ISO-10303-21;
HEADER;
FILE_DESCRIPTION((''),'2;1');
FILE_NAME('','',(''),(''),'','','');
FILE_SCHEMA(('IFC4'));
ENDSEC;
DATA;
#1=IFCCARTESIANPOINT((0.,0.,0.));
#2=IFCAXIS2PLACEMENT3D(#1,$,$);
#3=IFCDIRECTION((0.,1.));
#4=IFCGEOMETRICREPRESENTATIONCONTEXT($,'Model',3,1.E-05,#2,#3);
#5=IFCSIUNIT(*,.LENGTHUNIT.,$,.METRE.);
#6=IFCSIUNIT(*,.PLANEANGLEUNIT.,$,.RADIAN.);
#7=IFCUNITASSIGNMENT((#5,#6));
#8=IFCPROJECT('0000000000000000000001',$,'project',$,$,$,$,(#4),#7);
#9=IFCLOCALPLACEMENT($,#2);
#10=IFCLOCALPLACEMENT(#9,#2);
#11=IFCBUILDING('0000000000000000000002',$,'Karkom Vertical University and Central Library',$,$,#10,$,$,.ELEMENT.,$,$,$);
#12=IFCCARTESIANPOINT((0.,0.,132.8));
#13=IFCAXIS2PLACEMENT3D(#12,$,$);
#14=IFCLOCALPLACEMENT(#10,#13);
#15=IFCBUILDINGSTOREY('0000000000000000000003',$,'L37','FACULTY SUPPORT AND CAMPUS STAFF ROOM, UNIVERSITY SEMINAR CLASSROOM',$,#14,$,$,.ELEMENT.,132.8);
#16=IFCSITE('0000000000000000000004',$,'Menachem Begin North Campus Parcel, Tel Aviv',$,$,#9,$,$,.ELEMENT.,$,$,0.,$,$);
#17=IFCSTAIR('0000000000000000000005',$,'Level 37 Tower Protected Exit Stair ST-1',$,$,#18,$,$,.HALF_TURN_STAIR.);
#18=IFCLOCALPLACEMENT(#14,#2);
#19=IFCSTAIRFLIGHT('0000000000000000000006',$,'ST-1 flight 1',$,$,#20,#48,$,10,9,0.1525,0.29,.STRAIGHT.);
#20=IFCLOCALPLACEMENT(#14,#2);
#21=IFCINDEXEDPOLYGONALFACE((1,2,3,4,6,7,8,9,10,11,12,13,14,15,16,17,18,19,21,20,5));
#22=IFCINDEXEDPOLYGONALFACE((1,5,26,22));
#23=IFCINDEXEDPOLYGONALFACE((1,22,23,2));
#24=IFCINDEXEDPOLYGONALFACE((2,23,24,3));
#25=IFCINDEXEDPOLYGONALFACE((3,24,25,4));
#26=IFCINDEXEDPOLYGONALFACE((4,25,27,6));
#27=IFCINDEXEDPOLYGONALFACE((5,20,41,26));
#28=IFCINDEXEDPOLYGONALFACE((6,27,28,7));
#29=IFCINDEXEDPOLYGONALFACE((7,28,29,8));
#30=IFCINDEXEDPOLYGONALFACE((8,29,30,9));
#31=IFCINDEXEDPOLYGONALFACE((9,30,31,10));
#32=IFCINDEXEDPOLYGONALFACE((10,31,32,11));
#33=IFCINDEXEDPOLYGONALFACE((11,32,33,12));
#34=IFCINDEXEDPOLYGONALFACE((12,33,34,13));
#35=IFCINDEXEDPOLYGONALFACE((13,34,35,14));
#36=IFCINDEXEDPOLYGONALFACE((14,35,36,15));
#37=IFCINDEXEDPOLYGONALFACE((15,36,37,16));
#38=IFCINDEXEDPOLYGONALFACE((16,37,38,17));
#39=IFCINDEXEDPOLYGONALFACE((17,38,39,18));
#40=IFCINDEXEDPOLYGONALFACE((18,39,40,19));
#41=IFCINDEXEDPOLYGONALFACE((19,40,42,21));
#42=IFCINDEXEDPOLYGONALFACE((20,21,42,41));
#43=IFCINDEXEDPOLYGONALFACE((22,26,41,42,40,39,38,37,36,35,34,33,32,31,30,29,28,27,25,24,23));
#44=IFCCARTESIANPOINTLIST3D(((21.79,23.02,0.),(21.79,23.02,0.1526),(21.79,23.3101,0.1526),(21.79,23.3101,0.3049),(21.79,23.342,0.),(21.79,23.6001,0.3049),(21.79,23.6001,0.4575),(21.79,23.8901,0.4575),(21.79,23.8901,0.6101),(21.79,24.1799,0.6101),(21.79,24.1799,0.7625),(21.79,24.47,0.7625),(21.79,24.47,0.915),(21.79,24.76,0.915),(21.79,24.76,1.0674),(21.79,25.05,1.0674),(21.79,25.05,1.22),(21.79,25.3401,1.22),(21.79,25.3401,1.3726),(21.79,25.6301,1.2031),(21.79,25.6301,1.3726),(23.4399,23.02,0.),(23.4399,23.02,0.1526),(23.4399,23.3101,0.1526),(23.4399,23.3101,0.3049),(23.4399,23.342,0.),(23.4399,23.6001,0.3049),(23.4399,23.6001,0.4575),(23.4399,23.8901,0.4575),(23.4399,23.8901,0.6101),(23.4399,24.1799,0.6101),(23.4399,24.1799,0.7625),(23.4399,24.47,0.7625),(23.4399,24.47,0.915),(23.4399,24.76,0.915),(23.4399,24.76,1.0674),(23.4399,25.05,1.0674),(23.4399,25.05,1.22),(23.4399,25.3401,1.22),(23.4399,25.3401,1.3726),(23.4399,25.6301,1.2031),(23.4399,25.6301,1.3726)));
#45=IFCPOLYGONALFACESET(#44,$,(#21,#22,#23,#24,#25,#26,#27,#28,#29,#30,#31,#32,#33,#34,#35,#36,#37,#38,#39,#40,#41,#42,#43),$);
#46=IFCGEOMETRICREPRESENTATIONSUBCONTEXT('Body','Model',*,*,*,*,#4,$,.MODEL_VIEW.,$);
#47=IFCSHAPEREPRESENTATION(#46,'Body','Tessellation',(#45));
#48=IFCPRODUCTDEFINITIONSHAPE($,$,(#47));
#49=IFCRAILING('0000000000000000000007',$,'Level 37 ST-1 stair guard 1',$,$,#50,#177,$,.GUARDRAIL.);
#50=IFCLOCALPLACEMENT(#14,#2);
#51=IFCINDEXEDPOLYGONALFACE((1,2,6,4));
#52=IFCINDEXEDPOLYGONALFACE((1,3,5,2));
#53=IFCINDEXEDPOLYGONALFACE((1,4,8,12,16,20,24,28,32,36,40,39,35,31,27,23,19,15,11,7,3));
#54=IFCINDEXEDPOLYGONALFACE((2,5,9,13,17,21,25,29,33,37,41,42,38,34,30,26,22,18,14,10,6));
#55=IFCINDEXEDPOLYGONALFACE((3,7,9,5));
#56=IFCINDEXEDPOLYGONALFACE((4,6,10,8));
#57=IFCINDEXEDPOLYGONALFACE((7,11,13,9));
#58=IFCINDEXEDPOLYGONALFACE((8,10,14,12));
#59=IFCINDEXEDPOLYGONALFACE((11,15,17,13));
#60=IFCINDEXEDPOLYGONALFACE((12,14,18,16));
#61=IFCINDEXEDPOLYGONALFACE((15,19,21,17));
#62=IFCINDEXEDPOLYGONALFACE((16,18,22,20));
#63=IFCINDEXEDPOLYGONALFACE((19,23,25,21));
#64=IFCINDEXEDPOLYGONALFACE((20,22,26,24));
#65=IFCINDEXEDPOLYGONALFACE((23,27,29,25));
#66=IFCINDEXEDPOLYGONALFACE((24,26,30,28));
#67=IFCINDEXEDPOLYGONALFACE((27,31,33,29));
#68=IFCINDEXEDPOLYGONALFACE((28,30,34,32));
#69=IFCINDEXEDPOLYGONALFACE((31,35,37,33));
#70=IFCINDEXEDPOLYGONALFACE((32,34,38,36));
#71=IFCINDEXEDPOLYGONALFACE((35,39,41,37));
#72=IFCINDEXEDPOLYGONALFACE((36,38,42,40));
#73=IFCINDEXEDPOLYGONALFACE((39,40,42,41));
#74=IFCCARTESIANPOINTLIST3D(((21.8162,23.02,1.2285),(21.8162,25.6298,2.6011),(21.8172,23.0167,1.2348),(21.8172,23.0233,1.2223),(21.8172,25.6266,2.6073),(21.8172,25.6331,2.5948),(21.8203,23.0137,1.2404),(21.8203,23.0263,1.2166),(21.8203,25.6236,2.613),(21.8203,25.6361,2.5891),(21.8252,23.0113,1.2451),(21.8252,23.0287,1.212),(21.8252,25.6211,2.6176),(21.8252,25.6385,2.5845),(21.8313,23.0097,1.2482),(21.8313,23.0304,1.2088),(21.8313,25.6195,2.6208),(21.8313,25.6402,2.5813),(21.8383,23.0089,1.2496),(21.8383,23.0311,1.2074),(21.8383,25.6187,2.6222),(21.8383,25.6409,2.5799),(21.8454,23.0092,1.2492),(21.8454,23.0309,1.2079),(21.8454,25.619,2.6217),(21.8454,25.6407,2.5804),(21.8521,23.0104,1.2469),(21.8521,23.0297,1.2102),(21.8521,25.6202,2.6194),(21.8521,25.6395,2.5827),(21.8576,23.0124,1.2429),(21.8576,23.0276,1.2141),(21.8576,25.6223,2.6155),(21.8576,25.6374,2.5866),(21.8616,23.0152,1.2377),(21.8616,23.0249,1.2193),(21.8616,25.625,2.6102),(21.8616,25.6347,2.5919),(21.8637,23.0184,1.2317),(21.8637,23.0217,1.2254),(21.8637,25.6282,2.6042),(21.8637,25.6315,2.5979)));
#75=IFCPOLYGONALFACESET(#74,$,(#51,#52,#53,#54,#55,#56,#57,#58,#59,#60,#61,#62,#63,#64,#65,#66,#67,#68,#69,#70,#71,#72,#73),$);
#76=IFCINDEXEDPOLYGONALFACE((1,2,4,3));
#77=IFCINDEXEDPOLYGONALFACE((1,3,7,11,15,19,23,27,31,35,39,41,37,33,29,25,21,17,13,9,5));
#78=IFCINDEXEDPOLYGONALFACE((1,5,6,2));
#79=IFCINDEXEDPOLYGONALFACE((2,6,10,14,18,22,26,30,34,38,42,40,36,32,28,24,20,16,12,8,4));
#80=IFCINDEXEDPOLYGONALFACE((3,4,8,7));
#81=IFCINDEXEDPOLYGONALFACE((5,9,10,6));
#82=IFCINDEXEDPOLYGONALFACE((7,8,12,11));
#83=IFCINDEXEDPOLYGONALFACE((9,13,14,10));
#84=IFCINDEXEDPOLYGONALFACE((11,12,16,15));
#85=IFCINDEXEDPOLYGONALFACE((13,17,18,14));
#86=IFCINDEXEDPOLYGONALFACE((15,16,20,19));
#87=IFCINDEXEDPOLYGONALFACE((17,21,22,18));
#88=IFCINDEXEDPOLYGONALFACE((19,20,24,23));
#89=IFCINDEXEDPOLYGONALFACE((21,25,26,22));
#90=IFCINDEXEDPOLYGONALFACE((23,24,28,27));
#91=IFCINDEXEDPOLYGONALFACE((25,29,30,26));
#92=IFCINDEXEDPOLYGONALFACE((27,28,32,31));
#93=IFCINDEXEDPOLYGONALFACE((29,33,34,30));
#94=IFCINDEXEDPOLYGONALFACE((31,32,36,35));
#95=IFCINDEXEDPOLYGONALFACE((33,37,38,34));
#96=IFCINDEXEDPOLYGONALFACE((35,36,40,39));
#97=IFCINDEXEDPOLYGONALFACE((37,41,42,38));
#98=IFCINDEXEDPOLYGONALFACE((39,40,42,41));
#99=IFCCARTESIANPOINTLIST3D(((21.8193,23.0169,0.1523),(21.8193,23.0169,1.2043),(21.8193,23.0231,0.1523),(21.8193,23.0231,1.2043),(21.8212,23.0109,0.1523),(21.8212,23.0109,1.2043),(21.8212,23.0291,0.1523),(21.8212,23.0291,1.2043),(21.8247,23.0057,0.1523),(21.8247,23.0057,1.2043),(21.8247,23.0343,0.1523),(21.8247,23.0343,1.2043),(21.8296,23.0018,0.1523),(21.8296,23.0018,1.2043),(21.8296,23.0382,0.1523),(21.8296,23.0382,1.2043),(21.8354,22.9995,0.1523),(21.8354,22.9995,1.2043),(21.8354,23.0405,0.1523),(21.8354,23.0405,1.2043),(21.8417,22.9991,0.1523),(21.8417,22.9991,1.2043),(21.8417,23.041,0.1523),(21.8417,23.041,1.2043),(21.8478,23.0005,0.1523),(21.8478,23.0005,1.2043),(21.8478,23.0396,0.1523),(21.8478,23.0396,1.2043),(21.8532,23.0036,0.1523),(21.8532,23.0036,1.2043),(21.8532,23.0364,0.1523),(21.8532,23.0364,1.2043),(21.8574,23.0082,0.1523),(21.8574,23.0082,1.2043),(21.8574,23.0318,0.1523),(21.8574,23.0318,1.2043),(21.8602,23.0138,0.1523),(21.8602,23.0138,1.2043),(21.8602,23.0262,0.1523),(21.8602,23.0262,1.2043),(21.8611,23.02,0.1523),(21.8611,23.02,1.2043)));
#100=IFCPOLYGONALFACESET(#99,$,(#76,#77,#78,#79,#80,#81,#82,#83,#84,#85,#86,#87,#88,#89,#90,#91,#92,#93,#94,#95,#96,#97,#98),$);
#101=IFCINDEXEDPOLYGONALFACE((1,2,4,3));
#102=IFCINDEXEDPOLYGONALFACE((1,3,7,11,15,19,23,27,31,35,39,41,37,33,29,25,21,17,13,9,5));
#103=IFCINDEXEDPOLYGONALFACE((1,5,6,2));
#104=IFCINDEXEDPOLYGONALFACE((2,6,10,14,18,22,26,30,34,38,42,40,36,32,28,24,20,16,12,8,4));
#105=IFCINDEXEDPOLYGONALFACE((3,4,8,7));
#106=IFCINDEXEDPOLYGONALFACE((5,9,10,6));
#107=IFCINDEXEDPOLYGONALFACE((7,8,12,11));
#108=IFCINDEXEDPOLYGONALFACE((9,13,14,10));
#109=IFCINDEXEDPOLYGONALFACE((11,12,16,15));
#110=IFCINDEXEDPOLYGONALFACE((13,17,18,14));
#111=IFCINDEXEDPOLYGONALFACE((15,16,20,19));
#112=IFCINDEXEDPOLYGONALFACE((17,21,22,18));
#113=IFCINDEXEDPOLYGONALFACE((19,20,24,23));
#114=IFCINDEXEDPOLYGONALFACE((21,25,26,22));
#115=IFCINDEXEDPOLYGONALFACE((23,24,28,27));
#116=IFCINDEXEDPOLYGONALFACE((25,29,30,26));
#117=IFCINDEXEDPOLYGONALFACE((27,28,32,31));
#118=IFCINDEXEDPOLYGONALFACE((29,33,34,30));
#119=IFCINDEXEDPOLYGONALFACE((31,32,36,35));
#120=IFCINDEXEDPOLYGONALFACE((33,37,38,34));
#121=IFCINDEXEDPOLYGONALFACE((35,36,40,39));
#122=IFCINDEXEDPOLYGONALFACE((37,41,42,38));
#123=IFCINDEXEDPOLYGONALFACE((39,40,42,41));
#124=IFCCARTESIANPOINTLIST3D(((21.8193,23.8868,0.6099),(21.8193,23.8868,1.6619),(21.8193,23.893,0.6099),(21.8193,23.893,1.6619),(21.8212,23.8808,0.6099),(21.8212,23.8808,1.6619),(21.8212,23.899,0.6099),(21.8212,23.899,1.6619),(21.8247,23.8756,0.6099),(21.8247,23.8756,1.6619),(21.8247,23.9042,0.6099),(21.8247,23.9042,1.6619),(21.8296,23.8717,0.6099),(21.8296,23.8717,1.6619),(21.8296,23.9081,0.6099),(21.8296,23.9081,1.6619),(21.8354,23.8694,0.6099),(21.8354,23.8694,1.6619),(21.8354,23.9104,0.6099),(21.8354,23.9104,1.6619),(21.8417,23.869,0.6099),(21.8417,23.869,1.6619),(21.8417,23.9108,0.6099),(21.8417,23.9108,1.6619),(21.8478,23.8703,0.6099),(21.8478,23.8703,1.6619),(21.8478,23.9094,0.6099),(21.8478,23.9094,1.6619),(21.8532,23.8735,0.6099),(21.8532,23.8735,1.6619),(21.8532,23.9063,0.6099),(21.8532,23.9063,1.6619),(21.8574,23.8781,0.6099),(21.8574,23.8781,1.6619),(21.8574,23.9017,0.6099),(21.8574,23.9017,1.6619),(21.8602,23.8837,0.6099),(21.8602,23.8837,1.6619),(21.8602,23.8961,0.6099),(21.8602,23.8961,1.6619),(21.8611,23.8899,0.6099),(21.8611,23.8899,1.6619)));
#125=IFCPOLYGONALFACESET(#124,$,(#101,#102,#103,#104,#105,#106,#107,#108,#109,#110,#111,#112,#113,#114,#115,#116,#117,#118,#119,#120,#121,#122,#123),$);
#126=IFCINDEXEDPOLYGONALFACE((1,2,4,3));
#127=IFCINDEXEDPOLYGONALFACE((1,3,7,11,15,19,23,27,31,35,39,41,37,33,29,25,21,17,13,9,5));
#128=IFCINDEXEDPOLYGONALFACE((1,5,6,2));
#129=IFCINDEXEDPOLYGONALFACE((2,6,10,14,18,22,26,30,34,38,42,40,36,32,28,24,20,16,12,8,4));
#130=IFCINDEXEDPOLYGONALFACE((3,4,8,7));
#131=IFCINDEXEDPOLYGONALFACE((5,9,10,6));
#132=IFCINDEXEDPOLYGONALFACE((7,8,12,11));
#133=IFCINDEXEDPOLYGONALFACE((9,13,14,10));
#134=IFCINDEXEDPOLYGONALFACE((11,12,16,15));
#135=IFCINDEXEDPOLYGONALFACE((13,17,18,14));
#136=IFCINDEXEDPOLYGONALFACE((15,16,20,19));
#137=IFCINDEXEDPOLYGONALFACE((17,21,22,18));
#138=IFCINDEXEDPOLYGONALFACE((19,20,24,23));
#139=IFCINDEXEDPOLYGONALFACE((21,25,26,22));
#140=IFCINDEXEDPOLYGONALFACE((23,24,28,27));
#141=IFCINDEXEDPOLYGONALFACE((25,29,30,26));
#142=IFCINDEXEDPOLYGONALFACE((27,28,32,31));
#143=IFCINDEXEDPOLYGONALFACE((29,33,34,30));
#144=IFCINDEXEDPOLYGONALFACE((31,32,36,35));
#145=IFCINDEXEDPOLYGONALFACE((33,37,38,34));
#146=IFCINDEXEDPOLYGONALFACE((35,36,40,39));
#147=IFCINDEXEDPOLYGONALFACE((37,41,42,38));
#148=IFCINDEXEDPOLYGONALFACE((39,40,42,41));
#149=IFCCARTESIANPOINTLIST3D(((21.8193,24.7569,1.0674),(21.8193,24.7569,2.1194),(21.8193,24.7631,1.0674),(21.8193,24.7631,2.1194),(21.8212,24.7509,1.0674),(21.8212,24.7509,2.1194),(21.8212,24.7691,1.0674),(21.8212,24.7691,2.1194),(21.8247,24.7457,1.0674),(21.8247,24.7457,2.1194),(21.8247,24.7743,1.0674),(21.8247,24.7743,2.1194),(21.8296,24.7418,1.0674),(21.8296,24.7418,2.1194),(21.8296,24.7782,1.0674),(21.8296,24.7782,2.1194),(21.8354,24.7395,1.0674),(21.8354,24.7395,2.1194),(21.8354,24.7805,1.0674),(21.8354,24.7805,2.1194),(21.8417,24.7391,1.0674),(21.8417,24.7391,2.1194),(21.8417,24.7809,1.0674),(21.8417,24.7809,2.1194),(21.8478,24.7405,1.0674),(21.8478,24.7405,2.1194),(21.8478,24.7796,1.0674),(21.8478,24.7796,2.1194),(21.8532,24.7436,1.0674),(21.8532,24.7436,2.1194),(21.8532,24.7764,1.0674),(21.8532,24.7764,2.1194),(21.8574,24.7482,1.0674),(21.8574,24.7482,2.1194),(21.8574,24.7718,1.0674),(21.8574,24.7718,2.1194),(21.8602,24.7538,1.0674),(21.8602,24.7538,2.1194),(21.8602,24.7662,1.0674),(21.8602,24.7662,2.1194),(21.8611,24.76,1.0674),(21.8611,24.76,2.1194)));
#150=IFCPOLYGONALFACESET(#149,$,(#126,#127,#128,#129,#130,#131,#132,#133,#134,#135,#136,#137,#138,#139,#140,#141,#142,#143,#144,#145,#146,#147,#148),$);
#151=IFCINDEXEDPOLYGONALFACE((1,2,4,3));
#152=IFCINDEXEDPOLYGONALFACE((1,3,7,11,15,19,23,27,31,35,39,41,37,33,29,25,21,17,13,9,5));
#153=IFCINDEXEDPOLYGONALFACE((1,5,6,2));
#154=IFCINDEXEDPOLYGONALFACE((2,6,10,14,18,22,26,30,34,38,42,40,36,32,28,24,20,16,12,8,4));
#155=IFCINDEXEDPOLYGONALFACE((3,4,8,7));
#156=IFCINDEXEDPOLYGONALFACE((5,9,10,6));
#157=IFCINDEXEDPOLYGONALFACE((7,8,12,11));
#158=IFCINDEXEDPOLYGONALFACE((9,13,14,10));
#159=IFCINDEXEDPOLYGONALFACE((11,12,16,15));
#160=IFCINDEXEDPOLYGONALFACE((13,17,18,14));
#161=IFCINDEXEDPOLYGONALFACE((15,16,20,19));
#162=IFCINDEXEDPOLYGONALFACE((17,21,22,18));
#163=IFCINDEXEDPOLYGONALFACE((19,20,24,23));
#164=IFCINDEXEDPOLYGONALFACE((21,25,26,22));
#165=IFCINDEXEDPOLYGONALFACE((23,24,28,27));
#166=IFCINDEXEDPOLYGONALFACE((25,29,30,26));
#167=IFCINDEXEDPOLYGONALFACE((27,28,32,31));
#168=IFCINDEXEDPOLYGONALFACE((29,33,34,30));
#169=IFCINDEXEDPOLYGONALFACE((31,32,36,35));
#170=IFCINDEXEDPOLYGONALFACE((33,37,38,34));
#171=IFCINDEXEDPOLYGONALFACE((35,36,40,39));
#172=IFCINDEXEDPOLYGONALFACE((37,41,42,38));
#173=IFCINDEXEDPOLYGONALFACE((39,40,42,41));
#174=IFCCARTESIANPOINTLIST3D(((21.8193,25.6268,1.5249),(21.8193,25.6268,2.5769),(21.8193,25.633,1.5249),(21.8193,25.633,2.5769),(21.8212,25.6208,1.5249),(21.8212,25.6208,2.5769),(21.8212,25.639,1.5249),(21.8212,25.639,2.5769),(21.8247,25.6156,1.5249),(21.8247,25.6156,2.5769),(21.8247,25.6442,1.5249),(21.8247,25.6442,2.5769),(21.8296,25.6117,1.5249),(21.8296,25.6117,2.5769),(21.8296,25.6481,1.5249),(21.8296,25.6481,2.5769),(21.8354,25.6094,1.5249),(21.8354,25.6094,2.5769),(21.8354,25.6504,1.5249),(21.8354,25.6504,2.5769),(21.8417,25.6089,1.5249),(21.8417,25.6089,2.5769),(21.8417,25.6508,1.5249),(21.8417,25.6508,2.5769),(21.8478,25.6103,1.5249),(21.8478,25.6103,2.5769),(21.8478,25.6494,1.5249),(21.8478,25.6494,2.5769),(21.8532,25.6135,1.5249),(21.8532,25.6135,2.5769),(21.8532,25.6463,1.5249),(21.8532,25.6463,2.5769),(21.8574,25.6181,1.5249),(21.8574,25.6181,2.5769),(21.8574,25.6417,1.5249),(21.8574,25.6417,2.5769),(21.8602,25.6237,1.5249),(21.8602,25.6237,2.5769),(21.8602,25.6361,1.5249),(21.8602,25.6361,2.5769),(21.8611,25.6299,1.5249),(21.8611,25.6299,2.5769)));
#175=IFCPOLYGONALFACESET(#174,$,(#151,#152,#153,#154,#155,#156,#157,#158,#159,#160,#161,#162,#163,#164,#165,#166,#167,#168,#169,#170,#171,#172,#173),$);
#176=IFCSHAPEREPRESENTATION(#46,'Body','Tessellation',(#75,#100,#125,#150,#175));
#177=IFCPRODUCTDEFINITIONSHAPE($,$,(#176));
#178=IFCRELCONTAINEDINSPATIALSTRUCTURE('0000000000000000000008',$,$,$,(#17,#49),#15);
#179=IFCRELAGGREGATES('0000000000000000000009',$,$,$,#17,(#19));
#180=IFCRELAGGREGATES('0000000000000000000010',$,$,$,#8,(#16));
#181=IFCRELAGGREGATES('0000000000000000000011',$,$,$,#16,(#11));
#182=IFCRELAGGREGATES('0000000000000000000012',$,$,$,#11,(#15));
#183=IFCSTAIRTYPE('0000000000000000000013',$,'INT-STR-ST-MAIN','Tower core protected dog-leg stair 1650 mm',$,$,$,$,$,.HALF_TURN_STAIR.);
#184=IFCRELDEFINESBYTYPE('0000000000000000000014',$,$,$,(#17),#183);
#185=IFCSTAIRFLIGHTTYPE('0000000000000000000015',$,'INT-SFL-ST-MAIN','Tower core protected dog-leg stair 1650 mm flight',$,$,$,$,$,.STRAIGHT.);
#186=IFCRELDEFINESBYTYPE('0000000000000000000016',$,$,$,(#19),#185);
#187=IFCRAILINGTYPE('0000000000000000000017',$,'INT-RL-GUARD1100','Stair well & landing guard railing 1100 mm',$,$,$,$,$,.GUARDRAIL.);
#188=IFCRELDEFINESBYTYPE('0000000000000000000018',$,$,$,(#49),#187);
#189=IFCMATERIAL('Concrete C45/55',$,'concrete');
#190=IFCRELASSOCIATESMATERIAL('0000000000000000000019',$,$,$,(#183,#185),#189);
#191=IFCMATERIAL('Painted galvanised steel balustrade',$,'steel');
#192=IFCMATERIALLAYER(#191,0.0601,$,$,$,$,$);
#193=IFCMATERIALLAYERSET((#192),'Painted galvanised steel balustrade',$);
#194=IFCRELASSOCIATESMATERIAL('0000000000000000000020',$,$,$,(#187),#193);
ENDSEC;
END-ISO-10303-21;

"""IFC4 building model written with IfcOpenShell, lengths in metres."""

from ifc_helpers import new_model, si_unit, direction, frame, origin, origin_2d, place, context, subcontext, project, spatial, polyline, circle, outline, extrude, material, layer, layer_set, type_object, element, aggregate, save


model = new_model("IFC4")

# Units and contexts
model_context = context("Model", 3, precision=1e-05, world=origin(), true_north=direction((0.0, 1.0)))
body_context = subcontext(model_context, "Body", "Model", "MODEL_VIEW")
ifc_project = project(units=[si_unit("LENGTHUNIT", "METRE"), si_unit("PLANEANGLEUNIT", "RADIAN")], contexts=[model_context])

# Site, building, storey
site_placement = place(None, origin())
site = spatial("IfcSite", under=ifc_project, at=site_placement, Name="Menachem Begin North Campus Parcel, Tel Aviv", CompositionType="ELEMENT", RefElevation=0.0)
building_placement = place(site_placement, origin())
building = spatial("IfcBuilding", under=site, at=building_placement, Name="Karkom Vertical University and Central Library", CompositionType="ELEMENT")
storey_placement = place(building_placement, frame((0.0, 0.0, 132.8)))
storey = spatial("IfcBuildingStorey", under=building, at=storey_placement, Name="L37", Description="FACULTY SUPPORT AND CAMPUS STAFF ROOM, UNIVERSITY SEMINAR CLASSROOM", CompositionType="ELEMENT", Elevation=132.8)

# Shared definitions
ifc_material_1 = material(Name="Concrete C45/55", Category="concrete")

# Stair, stair flight
stair_type = type_object("IfcStairType", Name="INT-STR-ST-MAIN", Description="Tower core protected dog-leg stair 1650 mm", PredefinedType="HALF_TURN_STAIR", material=ifc_material_1)
stair_placement = place(storey_placement, origin())
stair = element("IfcStair", 1, at=stair_placement, inside=storey, type_object=stair_type, Name="Level 37 Tower Protected Exit Stair ST-1", PredefinedType="HALF_TURN_STAIR")
stair_flight_type = type_object("IfcStairFlightType", Name="INT-SFL-ST-MAIN", Description="Tower core protected dog-leg stair 1650 mm flight", PredefinedType="STRAIGHT", material=ifc_material_1)
stair_flight_placement = place(storey_placement, frame((22.615, 23.02, 0.0), z_axis=(0.0, 0.0, 1.0), x_axis=(0.0, 1.0, 0.0)))
stair_flight = element("IfcStairFlight", 2, at=stair_flight_placement, type_object=stair_flight_type, Name="ST-1 flight 1", NumberOfRisers=10, NumberOfTreads=9, PredefinedType="STRAIGHT", RiserHeight=0.1525, TreadLength=0.29, context=body_context, shape_type="SweptSolid", body=[
    extrude(outline(polyline([(0.0, 0.0), (0.0, 0.1526), (0.29, 0.1526), (0.29, 0.3049), (0.5801, 0.3049), (0.5801, 0.4575), (0.8701, 0.4575), (0.8701, 0.6101), (1.1599, 0.6101), (1.1599, 0.7625), (1.45, 0.7625), (1.45, 0.915), (1.74, 0.915), (1.74, 1.0674), (2.03, 1.0674), (2.03, 1.22), (2.3201, 1.22), (2.3201, 1.3726), (2.6101, 1.3726), (2.6101, 1.5249), (2.6101, 1.2031), (0.322, 0.0), (0.0, 0.0)])), frame((0.0, 0.825, 0.0), z_axis=(0.0, -1.0, 0.0), x_axis=(1.0, 0.0, 0.0)), (0.0, 0.0, 1.0), 1.6499),
])
aggregate(stair, [stair_flight])

# Railing
ifc_material_2 = material(Name="Painted galvanised steel balustrade", Category="steel")
ifc_layer_1 = layer(ifc_material_2, 0.0601)
ifc_layer_set_1 = layer_set([ifc_layer_1], Name="Painted galvanised steel balustrade")
railing_type_1 = type_object("IfcRailingType", Name="INT-RL-GUARD1100", Description="Stair well & landing guard railing 1100 mm", PredefinedType="GUARDRAIL", material=ifc_layer_set_1)
railing_1_placement = place(storey_placement, frame((21.8401, 23.02, 0.1523)))
element("IfcRailing", 3, at=railing_1_placement, inside=storey, type_object=railing_type_1, Name="Level 37 ST-1 stair guard 1", PredefinedType="GUARDRAIL", context=body_context, shape_type="SweptSolid", body=[
    extrude(circle(Radius=0.0239, at=origin_2d()), frame((0.0, 0.0, 1.0762), z_axis=(0.0, 0.885065, 0.465467), x_axis=(-1.0, 0.0, 0.0)), (0.0, 0.0, 1.0), 2.9487),
    extrude(circle(Radius=0.021, at=origin_2d()), origin(), (0.0, 0.0, 1.0), 1.052),
    extrude(circle(Radius=0.021, at=origin_2d()), frame((0.0, 0.8699, 0.4575)), (0.0, 0.0, 1.0), 1.052),
    extrude(circle(Radius=0.021, at=origin_2d()), frame((0.0, 1.74, 0.915)), (0.0, 0.0, 1.0), 1.052),
    extrude(circle(Radius=0.021, at=origin_2d()), frame((0.0, 2.6099, 1.3726)), (0.0, 0.0, 1.0), 1.052),
])

save(model, "model.ifc")
